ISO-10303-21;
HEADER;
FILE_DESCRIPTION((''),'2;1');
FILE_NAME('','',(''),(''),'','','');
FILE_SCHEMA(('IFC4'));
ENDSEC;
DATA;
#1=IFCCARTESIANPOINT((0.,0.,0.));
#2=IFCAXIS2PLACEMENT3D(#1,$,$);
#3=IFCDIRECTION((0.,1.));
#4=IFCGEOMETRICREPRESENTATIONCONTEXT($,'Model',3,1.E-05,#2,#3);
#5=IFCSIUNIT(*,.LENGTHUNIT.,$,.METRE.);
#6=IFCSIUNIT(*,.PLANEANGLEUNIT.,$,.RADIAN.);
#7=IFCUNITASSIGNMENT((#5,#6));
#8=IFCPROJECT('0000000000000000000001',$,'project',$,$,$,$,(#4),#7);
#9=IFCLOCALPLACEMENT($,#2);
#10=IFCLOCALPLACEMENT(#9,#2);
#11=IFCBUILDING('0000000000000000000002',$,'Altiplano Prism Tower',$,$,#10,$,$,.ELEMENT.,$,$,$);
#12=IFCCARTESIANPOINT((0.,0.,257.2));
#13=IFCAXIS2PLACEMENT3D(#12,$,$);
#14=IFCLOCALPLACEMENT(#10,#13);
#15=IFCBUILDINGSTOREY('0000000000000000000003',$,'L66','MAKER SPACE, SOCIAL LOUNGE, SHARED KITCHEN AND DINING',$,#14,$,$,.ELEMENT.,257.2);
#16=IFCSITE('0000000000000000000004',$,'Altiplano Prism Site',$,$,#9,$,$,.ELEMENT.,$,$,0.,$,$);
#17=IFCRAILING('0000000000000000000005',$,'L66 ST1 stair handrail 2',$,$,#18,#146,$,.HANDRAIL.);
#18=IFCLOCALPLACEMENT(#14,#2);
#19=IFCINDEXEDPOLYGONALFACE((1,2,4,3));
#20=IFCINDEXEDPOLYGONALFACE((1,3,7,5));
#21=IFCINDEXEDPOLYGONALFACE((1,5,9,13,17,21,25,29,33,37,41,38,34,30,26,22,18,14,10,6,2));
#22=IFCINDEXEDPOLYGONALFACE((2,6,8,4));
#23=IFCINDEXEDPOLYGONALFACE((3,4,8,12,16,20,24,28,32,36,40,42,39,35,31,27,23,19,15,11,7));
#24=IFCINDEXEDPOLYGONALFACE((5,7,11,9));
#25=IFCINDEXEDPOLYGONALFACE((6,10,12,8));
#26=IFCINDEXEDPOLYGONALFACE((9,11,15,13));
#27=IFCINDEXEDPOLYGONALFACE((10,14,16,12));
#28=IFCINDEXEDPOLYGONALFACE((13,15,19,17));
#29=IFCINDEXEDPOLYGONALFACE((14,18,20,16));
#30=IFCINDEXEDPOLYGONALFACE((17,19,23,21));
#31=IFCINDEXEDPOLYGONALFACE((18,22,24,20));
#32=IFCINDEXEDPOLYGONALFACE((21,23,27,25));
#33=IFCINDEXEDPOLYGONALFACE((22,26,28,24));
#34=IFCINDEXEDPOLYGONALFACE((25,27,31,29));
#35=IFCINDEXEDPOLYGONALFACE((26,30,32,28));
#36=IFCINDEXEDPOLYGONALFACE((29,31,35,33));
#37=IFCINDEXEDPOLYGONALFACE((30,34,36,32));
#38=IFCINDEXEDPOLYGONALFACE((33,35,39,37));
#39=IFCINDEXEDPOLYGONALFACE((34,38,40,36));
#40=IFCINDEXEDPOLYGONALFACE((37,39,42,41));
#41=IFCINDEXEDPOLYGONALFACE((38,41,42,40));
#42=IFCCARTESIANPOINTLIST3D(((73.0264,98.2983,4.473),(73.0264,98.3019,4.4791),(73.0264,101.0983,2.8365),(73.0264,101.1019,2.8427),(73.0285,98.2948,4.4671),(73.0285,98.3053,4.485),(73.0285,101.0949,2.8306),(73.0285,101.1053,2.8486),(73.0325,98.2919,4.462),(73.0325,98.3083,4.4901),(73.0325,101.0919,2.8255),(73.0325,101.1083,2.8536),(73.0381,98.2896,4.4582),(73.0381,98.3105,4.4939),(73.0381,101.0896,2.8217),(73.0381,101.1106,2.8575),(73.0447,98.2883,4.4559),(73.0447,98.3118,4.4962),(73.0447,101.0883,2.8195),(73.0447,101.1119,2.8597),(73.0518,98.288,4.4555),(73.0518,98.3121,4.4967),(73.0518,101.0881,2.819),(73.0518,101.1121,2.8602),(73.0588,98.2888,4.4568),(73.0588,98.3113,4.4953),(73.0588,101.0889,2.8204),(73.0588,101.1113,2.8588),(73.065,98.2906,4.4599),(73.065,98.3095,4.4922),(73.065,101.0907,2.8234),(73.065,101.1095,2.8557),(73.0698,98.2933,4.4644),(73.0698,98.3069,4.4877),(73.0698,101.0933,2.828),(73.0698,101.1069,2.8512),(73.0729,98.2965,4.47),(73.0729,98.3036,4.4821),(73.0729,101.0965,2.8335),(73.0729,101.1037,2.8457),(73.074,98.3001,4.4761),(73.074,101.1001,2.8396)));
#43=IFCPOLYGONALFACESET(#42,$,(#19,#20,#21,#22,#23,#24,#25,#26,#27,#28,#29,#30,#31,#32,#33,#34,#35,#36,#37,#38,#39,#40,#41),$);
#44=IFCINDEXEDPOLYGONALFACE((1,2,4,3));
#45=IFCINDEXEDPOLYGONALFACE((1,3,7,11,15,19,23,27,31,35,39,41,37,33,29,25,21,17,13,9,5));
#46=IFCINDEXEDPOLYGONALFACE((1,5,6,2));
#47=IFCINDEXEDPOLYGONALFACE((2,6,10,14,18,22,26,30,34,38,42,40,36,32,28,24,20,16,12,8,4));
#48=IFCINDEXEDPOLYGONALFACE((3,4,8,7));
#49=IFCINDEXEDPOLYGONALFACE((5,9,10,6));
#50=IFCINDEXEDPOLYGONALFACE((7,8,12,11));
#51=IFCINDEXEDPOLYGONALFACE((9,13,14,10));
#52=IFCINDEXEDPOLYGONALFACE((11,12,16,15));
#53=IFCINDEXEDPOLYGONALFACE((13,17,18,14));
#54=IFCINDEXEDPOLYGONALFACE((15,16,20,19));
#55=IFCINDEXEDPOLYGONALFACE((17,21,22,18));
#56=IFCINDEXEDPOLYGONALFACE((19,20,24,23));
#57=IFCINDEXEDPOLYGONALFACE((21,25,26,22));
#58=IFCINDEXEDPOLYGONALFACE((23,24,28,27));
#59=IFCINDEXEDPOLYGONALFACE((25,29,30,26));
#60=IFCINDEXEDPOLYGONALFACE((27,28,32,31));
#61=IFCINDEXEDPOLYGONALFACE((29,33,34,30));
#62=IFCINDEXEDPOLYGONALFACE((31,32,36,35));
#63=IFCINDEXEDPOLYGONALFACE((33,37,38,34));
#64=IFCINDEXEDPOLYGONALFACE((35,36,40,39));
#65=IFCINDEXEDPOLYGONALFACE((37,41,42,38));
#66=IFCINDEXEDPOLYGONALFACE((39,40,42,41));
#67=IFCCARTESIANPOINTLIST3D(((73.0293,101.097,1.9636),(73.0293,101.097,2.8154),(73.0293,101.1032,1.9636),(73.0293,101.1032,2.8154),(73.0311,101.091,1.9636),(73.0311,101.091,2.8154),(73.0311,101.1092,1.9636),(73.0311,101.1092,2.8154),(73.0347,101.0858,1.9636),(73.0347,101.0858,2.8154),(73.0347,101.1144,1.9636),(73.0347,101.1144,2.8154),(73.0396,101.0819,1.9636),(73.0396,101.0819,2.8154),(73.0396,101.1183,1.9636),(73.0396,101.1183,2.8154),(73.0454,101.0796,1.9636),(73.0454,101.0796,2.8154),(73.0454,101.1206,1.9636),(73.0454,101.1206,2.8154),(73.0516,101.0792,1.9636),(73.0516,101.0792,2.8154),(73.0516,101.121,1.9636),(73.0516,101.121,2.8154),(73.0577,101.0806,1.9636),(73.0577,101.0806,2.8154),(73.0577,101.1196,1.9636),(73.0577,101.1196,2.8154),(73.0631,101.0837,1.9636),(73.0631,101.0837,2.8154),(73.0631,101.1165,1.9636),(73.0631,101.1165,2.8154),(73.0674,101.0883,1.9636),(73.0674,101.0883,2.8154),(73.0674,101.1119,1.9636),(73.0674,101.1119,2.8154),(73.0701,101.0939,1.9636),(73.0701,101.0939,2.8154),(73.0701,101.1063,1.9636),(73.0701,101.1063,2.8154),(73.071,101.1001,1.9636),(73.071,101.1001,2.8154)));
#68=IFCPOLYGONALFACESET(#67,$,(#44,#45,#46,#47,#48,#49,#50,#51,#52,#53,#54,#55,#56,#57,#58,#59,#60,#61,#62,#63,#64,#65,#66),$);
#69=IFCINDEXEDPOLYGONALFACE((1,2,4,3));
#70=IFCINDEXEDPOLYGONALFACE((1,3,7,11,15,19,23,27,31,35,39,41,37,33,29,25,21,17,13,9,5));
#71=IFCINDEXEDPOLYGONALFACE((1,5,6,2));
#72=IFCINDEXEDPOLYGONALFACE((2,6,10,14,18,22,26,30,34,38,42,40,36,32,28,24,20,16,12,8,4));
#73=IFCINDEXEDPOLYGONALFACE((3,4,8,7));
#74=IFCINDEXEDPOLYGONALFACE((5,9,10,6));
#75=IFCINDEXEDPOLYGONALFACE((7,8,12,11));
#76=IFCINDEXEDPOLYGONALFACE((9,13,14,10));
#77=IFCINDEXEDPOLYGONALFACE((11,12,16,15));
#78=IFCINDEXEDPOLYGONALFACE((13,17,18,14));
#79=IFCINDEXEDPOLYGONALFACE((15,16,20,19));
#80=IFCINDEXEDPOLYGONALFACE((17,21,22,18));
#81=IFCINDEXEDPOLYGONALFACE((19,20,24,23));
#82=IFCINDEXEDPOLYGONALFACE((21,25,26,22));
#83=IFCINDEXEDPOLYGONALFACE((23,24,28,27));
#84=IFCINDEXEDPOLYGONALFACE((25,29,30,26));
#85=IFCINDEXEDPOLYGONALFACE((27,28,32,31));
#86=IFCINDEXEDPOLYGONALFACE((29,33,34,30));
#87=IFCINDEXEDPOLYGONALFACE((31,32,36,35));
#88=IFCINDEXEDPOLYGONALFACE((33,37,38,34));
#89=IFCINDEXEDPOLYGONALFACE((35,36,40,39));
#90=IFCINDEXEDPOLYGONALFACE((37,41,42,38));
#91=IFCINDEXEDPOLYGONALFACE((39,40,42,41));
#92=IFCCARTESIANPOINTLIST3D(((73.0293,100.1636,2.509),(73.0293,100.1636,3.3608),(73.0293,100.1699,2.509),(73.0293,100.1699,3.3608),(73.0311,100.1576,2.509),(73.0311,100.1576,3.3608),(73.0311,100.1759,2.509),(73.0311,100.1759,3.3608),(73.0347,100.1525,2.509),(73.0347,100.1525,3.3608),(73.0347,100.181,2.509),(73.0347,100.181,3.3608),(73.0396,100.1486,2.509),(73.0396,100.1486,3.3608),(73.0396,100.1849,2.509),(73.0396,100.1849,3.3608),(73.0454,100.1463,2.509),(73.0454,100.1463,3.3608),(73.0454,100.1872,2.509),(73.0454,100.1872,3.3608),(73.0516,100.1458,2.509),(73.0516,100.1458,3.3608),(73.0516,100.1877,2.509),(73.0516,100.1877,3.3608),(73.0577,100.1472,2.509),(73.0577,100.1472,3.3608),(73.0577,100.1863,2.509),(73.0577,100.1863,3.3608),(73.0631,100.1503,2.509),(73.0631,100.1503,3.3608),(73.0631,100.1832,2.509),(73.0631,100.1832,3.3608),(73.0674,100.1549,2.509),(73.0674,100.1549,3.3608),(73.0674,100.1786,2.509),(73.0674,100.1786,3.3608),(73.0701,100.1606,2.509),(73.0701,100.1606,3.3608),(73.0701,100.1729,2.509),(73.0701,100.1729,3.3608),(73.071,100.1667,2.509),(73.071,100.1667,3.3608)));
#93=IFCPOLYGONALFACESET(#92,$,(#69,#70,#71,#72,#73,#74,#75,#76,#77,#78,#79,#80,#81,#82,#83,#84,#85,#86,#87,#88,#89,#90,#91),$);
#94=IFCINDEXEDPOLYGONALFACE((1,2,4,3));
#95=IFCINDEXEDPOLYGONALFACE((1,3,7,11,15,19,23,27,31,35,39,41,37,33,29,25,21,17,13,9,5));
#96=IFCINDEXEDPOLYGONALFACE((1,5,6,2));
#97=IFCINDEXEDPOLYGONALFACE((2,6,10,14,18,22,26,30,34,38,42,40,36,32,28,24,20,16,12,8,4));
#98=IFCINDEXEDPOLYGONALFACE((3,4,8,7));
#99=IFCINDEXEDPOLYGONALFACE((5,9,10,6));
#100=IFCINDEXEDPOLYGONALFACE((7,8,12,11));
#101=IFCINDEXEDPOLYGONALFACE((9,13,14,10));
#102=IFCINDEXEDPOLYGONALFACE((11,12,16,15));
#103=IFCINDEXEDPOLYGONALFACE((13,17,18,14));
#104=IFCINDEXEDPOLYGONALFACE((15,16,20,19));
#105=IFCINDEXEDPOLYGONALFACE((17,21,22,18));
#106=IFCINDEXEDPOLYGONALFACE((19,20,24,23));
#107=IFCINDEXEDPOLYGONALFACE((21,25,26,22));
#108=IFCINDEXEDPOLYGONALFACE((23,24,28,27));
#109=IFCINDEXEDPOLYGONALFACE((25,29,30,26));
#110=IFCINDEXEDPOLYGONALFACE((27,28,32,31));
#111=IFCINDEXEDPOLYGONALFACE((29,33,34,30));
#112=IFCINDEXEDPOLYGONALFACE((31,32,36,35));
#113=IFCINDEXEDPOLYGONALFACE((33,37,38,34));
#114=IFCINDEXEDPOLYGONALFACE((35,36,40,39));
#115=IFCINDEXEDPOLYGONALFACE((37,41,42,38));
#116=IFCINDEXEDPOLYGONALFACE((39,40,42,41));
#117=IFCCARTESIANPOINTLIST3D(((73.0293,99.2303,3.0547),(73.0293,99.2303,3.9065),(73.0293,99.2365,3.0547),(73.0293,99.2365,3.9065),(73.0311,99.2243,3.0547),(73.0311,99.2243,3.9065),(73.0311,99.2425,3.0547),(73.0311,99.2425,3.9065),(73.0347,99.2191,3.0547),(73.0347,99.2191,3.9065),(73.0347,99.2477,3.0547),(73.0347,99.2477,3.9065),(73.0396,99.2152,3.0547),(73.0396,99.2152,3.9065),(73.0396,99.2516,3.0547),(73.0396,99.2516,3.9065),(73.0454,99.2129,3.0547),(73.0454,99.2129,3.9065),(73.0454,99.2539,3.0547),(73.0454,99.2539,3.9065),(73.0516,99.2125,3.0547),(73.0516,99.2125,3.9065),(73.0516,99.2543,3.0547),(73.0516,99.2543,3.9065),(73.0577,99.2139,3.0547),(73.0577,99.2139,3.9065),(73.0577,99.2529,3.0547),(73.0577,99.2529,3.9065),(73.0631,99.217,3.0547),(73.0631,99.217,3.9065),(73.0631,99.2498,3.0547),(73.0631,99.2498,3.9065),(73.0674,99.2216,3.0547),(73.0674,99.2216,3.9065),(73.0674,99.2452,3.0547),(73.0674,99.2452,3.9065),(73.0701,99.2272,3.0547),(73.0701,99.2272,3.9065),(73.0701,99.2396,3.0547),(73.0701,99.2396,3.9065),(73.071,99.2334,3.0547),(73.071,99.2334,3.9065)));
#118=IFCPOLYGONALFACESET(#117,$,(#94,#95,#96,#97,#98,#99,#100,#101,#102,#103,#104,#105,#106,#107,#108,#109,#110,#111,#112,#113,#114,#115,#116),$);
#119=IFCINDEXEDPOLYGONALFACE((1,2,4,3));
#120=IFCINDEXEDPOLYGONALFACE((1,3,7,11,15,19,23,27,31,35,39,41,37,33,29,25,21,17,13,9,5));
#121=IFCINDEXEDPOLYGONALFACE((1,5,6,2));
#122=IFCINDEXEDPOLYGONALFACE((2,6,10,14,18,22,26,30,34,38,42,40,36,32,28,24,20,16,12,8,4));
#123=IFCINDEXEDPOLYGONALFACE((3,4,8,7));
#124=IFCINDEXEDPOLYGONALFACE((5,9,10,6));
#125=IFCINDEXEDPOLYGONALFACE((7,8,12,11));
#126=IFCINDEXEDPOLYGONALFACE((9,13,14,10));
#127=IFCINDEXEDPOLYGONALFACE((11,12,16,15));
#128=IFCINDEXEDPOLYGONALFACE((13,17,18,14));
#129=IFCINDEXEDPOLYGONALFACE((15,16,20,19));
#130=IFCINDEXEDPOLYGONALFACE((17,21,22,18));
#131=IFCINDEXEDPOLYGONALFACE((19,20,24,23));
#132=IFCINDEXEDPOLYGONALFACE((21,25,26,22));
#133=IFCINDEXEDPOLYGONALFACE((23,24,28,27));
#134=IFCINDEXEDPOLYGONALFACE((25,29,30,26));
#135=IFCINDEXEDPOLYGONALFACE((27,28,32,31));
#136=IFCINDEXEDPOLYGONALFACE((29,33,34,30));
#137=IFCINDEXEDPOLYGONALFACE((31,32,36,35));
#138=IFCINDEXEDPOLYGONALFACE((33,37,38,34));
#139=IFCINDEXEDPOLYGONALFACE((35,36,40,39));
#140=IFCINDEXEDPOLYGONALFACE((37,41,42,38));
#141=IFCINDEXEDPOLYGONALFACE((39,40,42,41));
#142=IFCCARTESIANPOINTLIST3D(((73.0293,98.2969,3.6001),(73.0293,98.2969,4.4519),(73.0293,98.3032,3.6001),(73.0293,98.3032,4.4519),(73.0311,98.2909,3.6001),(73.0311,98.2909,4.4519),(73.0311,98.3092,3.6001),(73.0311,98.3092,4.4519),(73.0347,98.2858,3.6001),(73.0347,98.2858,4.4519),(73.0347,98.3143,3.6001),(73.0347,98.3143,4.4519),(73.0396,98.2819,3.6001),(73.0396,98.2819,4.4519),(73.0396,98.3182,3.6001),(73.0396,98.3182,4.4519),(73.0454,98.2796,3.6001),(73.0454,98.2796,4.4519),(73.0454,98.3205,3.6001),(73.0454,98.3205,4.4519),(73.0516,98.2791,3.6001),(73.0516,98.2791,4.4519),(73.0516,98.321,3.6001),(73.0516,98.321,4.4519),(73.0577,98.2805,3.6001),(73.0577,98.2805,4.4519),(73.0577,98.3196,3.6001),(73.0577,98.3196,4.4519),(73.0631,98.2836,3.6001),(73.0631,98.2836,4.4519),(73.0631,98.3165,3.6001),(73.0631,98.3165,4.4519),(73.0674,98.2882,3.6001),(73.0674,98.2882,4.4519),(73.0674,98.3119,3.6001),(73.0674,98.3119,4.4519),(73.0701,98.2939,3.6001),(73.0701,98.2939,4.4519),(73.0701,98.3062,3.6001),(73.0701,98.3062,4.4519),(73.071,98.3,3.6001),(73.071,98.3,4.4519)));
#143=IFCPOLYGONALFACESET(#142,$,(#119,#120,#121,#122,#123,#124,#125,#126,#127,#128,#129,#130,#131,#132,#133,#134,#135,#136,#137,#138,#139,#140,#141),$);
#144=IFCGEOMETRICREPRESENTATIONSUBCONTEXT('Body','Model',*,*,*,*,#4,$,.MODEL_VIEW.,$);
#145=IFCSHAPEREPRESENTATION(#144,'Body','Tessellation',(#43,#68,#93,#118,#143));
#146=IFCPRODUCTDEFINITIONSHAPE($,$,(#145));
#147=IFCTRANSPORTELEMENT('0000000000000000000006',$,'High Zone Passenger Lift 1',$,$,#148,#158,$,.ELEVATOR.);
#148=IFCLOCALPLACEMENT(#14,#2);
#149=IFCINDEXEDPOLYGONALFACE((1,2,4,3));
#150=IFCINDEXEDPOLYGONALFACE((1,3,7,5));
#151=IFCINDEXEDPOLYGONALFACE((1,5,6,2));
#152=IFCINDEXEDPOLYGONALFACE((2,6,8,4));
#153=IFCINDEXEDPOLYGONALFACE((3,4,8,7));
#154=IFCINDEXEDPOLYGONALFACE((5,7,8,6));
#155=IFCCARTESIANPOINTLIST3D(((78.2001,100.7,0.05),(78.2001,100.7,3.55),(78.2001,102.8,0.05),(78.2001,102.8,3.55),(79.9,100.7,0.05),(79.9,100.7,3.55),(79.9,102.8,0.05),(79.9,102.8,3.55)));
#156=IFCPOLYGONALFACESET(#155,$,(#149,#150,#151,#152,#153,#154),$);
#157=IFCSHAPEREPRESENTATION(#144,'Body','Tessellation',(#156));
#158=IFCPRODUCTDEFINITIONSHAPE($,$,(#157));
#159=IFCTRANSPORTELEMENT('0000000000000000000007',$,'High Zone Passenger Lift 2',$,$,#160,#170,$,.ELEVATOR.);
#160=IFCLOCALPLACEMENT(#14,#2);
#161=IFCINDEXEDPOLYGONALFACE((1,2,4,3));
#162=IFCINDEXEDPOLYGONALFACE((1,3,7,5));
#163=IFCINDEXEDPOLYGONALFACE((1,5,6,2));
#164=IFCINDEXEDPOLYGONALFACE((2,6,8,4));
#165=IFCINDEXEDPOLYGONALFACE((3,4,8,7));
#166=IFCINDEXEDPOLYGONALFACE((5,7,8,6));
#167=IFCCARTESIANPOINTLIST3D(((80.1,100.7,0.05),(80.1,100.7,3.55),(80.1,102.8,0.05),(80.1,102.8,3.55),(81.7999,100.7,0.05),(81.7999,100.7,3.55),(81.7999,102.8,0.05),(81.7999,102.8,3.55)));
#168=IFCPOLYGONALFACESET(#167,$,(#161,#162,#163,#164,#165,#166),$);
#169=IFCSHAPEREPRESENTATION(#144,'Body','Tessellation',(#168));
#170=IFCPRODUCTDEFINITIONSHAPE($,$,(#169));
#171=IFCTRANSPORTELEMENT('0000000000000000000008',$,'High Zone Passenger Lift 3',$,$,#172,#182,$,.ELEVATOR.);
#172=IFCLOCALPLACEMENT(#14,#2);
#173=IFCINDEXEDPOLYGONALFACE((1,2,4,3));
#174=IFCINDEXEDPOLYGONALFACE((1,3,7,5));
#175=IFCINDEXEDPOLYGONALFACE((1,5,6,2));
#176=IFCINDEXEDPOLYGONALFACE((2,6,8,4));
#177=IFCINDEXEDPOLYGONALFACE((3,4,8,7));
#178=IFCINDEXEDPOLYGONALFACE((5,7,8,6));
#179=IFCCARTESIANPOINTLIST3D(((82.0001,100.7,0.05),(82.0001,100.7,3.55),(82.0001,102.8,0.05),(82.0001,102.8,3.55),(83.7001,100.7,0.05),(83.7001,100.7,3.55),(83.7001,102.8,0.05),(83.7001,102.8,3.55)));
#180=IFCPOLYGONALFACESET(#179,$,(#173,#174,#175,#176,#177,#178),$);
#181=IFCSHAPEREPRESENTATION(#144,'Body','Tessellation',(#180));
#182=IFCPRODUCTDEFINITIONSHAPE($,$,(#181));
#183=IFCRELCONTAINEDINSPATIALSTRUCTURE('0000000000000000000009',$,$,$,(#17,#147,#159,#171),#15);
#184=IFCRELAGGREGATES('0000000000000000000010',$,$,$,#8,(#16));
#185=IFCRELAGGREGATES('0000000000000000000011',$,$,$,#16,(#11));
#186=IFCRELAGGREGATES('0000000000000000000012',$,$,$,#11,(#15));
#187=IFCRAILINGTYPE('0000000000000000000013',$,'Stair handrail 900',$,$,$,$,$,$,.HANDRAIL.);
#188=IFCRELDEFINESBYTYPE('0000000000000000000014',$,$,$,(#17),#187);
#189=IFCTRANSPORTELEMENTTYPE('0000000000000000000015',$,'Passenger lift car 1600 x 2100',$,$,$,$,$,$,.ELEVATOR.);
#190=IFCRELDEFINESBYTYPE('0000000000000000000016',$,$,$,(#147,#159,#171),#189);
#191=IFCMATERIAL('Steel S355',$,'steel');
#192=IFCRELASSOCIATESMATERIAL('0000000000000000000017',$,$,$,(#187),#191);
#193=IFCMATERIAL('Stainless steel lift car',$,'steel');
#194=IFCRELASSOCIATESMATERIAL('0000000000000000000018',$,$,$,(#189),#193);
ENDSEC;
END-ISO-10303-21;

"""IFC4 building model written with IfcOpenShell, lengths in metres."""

from ifc_helpers import new_model, si_unit, direction, frame, origin, origin_2d, place, context, subcontext, project, spatial, rectangle, circle, extrude, material, type_object, element, save


model = new_model("IFC4")

# Units and contexts
model_context = context("Model", 3, precision=1e-05, world=origin(), true_north=direction((0.0, 1.0)))
body_context = subcontext(model_context, "Body", "Model", "MODEL_VIEW")
ifc_project = project(units=[si_unit("LENGTHUNIT", "METRE"), si_unit("PLANEANGLEUNIT", "RADIAN")], contexts=[model_context])

# Site, building, storey
site_placement = place(None, origin())
site = spatial("IfcSite", under=ifc_project, at=site_placement, Name="Altiplano Prism Site", CompositionType="ELEMENT", RefElevation=0.0)
building_placement = place(site_placement, origin())
building = spatial("IfcBuilding", under=site, at=building_placement, Name="Altiplano Prism Tower", CompositionType="ELEMENT")
storey_placement = place(building_placement, frame((0.0, 0.0, 257.2)))
storey = spatial("IfcBuildingStorey", under=building, at=storey_placement, Name="L66", Description="MAKER SPACE, SOCIAL LOUNGE, SHARED KITCHEN AND DINING", CompositionType="ELEMENT", Elevation=257.2)

# Railing
ifc_material_1 = material(Name="Steel S355", Category="steel")
railing_type = type_object("IfcRailingType", Name="Stair handrail 900", PredefinedType="HANDRAIL", material=ifc_material_1)
railing_placement = place(storey_placement, frame((73.05, 101.1001, 1.9636)))
element("IfcRailing", 1, at=railing_placement, inside=storey, type_object=railing_type, Name="L66 ST1 stair handrail 2", PredefinedType="HANDRAIL", context=body_context, shape_type="SweptSolid", body=[
    extrude(circle(Radius=0.0239, at=origin_2d()), frame((0.0, 0.0, 0.876), z_axis=(0.0, -0.863361, 0.504587), x_axis=(1.0, 0.0, 0.0)), (0.0, 0.0, 1.0), 3.2432),
    extrude(circle(Radius=0.021, at=origin_2d()), origin(), (0.0, 0.0, 1.0), 0.8518),
    extrude(circle(Radius=0.021, at=origin_2d()), frame((0.0, -0.9333, 0.5454)), (0.0, 0.0, 1.0), 0.8518),
    extrude(circle(Radius=0.021, at=origin_2d()), frame((0.0, -1.8667, 1.0911)), (0.0, 0.0, 1.0), 0.8518),
    extrude(circle(Radius=0.021, at=origin_2d()), frame((0.0, -2.8, 1.6365)), (0.0, 0.0, 1.0), 0.8518),
])

# Transport elements
ifc_material_2 = material(Name="Stainless steel lift car", Category="steel")
transport_element_type = type_object("IfcTransportElementType", Name="Passenger lift car 1600 x 2100", PredefinedType="ELEVATOR", material=ifc_material_2)
for number, where, z_axis, x_axis, name in (
    (2, (79.05, 101.75, 0.05), (0.0, 0.0, 1.0), (1.0, 0.0, 0.0), "High Zone Passenger Lift 1"),
    (3, (80.95, 101.75, 0.05), (0.0, 0.0, 1.0), (1.0, 0.0, 0.0), "High Zone Passenger Lift 2"),
    (4, (82.8501, 101.75, 0.05), (0.0, 0.0, 1.0), (1.0, 0.0, 0.0), "High Zone Passenger Lift 3"),
):
    element("IfcTransportElement", number, at=place(storey_placement, frame(where, z_axis=z_axis, x_axis=x_axis)), inside=storey, type_object=transport_element_type, Name=name, PredefinedType="ELEVATOR", context=body_context, shape_type="SweptSolid", body=[
        extrude(rectangle(XDim=1.7, YDim=2.1001, at=origin_2d()), origin(), (0.0, 0.0, 1.0), 3.5),
    ])

save(model, "model.ifc")
